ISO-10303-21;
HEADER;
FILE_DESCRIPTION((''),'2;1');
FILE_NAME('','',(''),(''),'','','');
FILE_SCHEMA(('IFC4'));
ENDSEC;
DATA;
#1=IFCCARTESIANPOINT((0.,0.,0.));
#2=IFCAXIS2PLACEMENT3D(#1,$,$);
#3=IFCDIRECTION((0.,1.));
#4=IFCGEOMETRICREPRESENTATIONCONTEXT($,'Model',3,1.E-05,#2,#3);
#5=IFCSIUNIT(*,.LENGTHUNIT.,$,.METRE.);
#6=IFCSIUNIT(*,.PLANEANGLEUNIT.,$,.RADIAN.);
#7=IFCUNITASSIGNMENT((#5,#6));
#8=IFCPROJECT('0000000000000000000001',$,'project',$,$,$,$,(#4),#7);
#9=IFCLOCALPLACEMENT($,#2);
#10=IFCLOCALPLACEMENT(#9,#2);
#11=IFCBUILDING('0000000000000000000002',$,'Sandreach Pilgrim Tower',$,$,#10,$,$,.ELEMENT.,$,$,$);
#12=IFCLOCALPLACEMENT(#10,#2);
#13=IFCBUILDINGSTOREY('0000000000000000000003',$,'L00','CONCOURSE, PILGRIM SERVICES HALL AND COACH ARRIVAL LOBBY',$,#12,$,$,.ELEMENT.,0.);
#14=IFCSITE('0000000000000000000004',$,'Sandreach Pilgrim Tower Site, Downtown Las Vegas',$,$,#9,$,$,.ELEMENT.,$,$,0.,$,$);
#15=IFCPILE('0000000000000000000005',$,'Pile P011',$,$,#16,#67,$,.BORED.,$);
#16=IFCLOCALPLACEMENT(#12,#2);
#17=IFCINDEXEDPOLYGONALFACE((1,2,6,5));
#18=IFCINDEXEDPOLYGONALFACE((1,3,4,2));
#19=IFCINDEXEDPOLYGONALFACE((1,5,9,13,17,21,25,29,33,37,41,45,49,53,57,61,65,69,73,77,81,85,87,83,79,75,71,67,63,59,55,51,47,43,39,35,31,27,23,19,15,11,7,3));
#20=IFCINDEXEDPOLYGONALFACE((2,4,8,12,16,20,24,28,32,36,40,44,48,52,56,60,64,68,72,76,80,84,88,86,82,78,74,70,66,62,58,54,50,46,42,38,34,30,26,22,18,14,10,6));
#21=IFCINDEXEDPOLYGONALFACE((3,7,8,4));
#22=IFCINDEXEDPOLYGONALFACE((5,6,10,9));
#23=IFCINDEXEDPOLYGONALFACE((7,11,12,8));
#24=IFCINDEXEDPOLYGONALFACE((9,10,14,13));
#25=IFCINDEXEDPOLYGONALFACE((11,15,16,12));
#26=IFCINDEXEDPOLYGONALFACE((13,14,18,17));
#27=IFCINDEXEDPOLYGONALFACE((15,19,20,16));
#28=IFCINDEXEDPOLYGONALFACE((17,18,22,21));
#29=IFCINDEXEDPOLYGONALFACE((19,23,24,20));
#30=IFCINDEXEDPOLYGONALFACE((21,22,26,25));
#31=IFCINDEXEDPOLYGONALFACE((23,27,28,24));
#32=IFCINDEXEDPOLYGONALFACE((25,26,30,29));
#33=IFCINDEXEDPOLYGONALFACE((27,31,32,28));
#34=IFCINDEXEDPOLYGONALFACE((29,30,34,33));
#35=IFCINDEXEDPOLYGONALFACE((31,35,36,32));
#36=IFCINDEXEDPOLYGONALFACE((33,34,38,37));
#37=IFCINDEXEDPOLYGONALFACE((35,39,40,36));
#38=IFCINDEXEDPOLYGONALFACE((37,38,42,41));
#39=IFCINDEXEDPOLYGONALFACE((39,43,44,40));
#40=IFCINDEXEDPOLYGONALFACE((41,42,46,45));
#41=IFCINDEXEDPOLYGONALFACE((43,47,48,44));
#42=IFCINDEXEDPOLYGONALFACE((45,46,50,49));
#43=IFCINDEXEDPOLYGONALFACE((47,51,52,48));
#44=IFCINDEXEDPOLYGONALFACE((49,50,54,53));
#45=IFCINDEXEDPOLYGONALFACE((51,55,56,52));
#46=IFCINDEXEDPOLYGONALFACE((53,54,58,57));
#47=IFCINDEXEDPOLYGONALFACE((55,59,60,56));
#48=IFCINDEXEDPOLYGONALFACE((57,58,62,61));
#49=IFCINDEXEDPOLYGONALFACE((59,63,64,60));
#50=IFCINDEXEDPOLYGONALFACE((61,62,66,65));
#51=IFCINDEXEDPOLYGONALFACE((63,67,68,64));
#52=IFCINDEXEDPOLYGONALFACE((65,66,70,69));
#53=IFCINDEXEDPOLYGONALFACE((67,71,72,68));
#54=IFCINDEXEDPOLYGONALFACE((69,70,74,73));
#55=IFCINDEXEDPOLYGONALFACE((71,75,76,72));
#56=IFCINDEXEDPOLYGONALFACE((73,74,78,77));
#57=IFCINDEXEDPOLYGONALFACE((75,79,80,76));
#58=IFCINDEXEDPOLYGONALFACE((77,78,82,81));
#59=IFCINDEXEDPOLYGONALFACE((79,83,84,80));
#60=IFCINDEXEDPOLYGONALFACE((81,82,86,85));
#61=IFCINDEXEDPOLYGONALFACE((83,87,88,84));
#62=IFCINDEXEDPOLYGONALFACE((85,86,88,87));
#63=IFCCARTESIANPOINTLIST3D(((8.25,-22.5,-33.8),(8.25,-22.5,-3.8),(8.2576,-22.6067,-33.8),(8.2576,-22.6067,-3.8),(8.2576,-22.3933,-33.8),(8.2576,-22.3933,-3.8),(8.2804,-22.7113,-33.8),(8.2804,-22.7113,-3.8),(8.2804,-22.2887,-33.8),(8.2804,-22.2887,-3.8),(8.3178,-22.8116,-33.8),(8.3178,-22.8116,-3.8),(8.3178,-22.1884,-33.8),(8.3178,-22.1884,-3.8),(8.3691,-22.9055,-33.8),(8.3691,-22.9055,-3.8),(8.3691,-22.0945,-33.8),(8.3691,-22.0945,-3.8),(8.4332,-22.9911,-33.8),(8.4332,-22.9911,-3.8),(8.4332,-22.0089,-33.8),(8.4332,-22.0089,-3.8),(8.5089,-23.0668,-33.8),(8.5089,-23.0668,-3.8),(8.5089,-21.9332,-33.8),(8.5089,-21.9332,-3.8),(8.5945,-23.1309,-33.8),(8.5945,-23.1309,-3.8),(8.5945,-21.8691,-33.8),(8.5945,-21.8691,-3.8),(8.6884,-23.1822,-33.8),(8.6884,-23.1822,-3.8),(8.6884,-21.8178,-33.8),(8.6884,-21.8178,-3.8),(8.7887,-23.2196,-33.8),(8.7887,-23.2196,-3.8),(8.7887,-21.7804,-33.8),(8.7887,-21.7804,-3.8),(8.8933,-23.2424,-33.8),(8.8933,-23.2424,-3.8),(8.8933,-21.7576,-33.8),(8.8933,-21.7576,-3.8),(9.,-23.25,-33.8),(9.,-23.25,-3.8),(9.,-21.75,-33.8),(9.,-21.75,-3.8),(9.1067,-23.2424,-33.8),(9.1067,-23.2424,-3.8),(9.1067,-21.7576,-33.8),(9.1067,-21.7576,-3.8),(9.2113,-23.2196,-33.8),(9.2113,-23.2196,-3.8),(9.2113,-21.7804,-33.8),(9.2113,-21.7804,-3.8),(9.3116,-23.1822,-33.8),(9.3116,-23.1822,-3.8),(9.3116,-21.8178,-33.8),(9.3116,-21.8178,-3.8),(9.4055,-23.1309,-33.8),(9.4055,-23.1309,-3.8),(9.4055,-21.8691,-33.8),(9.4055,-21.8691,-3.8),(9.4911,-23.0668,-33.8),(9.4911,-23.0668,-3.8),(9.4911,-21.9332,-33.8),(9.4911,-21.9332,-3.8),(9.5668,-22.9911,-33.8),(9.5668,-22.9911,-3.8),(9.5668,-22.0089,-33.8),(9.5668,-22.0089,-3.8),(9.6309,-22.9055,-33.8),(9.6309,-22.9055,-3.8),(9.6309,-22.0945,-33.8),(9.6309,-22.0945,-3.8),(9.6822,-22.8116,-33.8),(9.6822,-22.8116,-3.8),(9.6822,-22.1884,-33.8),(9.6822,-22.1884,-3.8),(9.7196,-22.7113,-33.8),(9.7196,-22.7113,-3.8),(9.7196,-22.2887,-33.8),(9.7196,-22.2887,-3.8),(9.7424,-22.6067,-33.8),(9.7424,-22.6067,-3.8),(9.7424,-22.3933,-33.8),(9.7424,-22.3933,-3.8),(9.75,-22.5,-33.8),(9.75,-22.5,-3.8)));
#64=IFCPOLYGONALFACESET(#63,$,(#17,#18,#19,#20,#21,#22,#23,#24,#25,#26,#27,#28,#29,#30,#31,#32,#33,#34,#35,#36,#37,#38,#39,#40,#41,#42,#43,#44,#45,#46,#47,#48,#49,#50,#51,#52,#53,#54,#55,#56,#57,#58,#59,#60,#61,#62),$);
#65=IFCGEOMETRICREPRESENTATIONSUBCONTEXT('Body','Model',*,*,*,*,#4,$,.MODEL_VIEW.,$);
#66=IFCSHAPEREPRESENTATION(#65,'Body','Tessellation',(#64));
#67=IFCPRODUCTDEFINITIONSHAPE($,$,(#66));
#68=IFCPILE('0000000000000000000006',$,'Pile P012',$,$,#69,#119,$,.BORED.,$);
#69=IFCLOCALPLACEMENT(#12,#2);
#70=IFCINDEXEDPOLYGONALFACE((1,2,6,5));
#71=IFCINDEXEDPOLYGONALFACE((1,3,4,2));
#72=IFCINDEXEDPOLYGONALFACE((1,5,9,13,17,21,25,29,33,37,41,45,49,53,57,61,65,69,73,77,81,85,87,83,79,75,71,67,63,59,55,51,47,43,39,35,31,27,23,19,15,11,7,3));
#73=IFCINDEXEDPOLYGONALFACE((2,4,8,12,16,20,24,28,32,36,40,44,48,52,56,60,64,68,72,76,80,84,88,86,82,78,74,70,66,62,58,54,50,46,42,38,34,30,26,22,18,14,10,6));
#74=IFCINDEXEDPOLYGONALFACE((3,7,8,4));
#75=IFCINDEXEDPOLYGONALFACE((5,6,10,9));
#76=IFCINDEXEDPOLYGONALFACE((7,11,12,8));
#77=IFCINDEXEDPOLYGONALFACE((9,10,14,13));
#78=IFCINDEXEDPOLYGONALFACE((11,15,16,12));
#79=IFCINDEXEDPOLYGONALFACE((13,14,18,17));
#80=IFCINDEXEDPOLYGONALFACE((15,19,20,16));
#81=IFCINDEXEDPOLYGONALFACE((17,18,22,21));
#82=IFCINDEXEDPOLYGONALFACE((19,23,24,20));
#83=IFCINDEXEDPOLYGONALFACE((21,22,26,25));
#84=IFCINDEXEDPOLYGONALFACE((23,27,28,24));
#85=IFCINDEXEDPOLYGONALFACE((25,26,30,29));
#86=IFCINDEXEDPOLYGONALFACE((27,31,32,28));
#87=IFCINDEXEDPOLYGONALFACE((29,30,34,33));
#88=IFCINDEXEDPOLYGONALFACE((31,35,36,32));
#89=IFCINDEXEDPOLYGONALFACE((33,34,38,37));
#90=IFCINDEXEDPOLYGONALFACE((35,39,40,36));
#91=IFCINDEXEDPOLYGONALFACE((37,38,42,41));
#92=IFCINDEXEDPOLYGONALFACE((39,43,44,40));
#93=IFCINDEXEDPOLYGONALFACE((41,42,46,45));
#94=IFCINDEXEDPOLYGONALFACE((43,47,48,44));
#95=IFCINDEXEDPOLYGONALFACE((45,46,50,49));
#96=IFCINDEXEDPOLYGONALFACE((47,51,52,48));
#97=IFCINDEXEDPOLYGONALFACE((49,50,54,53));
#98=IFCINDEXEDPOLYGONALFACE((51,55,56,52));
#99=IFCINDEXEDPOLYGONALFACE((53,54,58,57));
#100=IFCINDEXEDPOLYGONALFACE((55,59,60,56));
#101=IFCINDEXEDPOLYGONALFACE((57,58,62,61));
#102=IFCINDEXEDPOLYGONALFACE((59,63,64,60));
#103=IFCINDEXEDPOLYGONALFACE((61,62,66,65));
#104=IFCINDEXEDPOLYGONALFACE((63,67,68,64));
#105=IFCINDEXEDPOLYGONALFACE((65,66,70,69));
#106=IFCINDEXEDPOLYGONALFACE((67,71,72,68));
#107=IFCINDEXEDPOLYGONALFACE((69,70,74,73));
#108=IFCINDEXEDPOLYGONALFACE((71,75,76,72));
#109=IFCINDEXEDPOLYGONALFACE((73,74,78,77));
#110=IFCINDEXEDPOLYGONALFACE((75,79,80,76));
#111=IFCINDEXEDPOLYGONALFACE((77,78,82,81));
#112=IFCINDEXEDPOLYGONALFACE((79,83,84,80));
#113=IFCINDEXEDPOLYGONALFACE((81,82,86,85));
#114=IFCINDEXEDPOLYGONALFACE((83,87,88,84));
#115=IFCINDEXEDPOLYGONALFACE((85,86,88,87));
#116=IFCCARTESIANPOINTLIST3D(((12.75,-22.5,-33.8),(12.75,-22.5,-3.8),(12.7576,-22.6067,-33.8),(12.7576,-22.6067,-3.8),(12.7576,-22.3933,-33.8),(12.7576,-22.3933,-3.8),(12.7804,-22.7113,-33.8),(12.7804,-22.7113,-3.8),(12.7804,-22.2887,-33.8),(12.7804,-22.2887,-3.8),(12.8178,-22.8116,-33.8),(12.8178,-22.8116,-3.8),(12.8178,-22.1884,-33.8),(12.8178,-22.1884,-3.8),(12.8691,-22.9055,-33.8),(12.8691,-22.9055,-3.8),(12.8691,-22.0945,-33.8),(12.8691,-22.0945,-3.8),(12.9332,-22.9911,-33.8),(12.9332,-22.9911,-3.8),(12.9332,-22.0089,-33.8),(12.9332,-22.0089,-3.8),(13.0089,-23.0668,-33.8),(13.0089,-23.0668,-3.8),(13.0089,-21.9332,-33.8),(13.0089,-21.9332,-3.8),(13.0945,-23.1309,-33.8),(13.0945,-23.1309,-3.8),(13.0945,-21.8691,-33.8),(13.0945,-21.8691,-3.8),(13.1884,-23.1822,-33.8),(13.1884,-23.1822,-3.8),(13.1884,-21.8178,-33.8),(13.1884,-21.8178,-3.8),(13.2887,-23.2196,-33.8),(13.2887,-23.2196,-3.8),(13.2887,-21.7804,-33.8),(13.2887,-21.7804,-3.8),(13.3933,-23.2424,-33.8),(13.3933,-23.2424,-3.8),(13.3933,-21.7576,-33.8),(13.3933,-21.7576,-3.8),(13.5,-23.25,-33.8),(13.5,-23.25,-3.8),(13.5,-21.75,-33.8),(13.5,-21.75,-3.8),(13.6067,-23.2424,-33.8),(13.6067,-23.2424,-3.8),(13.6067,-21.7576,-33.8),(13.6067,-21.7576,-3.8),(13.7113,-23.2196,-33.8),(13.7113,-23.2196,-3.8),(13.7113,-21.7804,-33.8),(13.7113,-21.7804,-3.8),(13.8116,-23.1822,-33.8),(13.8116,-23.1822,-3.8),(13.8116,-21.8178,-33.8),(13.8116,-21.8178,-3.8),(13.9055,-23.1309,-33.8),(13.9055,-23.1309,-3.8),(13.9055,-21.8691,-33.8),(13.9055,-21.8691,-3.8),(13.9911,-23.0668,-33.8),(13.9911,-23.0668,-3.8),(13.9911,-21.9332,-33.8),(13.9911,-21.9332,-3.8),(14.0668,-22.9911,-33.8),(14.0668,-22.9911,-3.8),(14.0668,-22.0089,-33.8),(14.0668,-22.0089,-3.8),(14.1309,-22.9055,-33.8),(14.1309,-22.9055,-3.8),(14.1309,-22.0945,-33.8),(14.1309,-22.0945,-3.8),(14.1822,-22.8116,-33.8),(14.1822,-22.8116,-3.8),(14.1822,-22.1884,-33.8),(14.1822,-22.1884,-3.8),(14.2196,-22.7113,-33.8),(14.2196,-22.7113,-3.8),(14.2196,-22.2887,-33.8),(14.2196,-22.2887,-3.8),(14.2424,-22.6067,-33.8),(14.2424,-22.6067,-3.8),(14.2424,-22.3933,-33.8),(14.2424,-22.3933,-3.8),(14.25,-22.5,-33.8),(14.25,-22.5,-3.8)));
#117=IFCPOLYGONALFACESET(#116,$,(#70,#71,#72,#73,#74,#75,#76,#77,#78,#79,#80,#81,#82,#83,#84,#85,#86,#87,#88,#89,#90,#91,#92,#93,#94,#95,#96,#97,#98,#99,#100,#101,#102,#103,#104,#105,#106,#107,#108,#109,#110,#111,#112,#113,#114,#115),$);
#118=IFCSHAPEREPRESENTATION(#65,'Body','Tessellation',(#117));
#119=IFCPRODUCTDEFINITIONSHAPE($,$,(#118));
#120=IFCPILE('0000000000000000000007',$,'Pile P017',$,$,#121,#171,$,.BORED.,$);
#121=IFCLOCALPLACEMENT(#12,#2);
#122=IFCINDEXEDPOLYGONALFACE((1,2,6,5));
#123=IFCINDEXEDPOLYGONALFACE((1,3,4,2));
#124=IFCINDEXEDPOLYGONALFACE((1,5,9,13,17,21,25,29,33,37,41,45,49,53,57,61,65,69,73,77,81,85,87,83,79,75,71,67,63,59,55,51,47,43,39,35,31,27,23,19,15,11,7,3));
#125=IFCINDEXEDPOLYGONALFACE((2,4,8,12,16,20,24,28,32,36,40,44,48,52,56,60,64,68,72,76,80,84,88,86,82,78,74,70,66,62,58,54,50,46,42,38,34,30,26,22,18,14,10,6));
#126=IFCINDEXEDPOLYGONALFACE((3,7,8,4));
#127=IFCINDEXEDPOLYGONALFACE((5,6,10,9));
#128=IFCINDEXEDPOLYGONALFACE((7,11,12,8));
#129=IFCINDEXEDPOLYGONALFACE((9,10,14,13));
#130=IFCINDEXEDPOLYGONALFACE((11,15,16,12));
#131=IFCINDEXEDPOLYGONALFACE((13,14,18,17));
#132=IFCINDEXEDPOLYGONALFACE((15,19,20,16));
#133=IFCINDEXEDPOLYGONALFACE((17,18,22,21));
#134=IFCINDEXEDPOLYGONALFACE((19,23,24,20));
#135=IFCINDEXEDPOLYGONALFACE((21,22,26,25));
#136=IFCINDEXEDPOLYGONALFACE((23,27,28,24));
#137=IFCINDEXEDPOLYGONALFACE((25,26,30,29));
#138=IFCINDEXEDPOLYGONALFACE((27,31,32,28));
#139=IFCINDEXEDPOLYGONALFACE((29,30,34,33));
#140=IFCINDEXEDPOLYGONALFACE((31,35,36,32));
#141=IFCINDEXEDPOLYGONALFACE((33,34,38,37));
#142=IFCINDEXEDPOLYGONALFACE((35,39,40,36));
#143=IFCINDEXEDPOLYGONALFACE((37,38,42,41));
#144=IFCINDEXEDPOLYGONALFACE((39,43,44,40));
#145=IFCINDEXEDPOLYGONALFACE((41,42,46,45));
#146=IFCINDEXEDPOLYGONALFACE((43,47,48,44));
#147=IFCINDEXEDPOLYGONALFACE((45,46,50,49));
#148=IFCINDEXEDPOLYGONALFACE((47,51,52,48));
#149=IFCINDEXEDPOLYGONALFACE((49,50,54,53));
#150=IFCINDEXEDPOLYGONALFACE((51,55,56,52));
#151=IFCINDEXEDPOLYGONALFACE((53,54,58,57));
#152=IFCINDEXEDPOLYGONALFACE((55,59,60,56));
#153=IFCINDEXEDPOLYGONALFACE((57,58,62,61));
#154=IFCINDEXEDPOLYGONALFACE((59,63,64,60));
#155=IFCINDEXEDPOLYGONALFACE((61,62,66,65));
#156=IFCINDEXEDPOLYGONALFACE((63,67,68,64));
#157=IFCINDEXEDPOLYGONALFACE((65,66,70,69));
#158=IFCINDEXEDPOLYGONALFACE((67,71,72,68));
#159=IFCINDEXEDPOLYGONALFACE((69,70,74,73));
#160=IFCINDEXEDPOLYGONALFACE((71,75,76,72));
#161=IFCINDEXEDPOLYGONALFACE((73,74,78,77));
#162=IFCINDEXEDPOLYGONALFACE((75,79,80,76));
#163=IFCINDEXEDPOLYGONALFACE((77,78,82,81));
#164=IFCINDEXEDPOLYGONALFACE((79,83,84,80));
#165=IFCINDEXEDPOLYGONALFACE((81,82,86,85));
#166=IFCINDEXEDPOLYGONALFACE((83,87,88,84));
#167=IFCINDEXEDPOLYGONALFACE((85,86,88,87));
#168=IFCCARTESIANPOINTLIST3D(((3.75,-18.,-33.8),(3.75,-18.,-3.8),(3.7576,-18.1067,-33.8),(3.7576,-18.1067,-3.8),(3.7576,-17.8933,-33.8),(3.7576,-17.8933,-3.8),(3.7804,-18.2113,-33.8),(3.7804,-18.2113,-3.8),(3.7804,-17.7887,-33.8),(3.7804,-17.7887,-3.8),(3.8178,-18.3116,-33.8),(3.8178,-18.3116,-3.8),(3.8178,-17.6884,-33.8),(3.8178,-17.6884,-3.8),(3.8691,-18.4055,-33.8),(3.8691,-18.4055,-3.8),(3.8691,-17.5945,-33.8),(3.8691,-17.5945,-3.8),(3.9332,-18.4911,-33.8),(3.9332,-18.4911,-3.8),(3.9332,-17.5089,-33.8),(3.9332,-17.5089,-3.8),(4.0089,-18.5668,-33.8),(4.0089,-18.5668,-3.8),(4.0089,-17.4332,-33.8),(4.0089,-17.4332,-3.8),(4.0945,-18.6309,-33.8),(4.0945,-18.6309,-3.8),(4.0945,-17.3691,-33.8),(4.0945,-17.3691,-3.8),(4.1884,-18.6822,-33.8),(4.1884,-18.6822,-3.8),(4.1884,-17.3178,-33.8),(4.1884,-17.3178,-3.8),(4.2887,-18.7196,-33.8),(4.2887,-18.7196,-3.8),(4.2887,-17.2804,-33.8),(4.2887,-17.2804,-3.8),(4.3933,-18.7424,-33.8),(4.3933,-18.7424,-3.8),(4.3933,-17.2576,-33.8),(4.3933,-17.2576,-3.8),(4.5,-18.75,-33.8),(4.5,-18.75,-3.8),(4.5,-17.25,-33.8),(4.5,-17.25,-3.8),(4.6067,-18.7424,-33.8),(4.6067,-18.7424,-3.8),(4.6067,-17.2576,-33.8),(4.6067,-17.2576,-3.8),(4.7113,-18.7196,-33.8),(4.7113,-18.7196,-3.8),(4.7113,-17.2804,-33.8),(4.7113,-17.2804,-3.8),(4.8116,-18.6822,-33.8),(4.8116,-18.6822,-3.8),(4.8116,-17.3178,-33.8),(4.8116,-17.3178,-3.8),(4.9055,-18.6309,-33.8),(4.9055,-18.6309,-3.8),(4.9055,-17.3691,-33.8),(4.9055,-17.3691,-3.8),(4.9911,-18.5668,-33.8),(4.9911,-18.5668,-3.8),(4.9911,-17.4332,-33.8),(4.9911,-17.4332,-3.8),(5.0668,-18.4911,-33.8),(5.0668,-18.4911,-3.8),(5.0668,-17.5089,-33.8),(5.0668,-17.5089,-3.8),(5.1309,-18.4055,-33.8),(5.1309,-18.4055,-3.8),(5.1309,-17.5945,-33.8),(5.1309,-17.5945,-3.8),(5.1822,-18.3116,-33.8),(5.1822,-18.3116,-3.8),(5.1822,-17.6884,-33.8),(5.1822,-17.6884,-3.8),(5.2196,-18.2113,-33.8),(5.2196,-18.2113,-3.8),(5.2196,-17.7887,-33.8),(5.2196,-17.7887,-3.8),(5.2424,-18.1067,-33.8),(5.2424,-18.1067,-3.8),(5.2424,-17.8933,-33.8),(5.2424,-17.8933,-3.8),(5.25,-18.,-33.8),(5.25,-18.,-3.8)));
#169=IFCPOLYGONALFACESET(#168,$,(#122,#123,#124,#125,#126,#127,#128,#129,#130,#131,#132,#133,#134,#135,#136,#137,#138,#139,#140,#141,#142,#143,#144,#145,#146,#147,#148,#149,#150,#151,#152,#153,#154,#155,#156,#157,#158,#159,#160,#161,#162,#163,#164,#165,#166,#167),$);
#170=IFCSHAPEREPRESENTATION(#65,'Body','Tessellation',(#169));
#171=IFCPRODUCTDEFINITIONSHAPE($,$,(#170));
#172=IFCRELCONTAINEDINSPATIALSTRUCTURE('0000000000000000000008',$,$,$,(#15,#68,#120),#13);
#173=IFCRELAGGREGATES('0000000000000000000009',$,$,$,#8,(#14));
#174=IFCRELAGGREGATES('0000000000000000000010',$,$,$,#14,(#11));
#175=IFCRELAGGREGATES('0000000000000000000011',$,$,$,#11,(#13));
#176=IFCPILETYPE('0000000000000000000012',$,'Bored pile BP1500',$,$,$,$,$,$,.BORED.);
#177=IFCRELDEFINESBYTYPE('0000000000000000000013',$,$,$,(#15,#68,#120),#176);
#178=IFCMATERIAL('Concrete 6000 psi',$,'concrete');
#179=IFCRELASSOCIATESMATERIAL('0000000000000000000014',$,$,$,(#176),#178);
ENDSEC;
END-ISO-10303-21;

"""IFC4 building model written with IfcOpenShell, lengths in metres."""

from ifc_helpers import new_model, si_unit, direction, frame, origin, origin_2d, place, context, subcontext, project, spatial, circle, extrude, material, material_profile, profile_set, type_object, element, save


model = new_model("IFC4")

# Units and contexts
model_context = context("Model", 3, precision=1e-05, world=origin(), true_north=direction((0.0, 1.0)))
body_context = subcontext(model_context, "Body", "Model", "MODEL_VIEW")
ifc_project = project(units=[si_unit("LENGTHUNIT", "METRE"), si_unit("PLANEANGLEUNIT", "RADIAN")], contexts=[model_context])

# Site, building, storey
site_placement = place(None, origin())
site = spatial("IfcSite", under=ifc_project, at=site_placement, Name="Sandreach Pilgrim Tower Site, Downtown Las Vegas", CompositionType="ELEMENT", RefElevation=0.0)
building_placement = place(site_placement, origin())
building = spatial("IfcBuilding", under=site, at=building_placement, Name="Sandreach Pilgrim Tower", CompositionType="ELEMENT")
storey_placement = place(building_placement, origin())
storey = spatial("IfcBuildingStorey", under=building, at=storey_placement, Name="L00", Description="CONCOURSE, PILGRIM SERVICES HALL AND COACH ARRIVAL LOBBY", CompositionType="ELEMENT", Elevation=0.0)

# Piles
ifc_material_1 = material(Name="Concrete 6000 psi", Category="concrete")
ifc_material_profile_1 = material_profile(ifc_material_1, circle(Radius=0.75, at=origin_2d()), Name="BP1500")
ifc_profile_set_1 = profile_set([ifc_material_profile_1], Name="Concrete 6000 psi")
pile_type = type_object("IfcPileType", Name="Bored pile BP1500", PredefinedType="BORED", material=ifc_profile_set_1)
for number, where, z_axis, x_axis, name in (
    (1, (9.0, -22.5, -3.8), (0.0, 0.0, -1.0), (1.0, 0.0, 0.0), "Pile P011"),
    (2, (13.5, -22.5, -3.8), (0.0, 0.0, -1.0), (1.0, 0.0, 0.0), "Pile P012"),
    (3, (4.5, -18.0, -3.8), (0.0, 0.0, -1.0), (1.0, 0.0, 0.0), "Pile P017"),
):
    element("IfcPile", number, at=place(storey_placement, frame(where, z_axis=z_axis, x_axis=x_axis)), inside=storey, type_object=pile_type, Name=name, PredefinedType="BORED", context=body_context, shape_type="SweptSolid", body=[
        extrude(circle(Radius=0.75, at=origin_2d()), origin(), (0.0, 0.0, 1.0), 30.0),
    ])

save(model, "model.ifc")
